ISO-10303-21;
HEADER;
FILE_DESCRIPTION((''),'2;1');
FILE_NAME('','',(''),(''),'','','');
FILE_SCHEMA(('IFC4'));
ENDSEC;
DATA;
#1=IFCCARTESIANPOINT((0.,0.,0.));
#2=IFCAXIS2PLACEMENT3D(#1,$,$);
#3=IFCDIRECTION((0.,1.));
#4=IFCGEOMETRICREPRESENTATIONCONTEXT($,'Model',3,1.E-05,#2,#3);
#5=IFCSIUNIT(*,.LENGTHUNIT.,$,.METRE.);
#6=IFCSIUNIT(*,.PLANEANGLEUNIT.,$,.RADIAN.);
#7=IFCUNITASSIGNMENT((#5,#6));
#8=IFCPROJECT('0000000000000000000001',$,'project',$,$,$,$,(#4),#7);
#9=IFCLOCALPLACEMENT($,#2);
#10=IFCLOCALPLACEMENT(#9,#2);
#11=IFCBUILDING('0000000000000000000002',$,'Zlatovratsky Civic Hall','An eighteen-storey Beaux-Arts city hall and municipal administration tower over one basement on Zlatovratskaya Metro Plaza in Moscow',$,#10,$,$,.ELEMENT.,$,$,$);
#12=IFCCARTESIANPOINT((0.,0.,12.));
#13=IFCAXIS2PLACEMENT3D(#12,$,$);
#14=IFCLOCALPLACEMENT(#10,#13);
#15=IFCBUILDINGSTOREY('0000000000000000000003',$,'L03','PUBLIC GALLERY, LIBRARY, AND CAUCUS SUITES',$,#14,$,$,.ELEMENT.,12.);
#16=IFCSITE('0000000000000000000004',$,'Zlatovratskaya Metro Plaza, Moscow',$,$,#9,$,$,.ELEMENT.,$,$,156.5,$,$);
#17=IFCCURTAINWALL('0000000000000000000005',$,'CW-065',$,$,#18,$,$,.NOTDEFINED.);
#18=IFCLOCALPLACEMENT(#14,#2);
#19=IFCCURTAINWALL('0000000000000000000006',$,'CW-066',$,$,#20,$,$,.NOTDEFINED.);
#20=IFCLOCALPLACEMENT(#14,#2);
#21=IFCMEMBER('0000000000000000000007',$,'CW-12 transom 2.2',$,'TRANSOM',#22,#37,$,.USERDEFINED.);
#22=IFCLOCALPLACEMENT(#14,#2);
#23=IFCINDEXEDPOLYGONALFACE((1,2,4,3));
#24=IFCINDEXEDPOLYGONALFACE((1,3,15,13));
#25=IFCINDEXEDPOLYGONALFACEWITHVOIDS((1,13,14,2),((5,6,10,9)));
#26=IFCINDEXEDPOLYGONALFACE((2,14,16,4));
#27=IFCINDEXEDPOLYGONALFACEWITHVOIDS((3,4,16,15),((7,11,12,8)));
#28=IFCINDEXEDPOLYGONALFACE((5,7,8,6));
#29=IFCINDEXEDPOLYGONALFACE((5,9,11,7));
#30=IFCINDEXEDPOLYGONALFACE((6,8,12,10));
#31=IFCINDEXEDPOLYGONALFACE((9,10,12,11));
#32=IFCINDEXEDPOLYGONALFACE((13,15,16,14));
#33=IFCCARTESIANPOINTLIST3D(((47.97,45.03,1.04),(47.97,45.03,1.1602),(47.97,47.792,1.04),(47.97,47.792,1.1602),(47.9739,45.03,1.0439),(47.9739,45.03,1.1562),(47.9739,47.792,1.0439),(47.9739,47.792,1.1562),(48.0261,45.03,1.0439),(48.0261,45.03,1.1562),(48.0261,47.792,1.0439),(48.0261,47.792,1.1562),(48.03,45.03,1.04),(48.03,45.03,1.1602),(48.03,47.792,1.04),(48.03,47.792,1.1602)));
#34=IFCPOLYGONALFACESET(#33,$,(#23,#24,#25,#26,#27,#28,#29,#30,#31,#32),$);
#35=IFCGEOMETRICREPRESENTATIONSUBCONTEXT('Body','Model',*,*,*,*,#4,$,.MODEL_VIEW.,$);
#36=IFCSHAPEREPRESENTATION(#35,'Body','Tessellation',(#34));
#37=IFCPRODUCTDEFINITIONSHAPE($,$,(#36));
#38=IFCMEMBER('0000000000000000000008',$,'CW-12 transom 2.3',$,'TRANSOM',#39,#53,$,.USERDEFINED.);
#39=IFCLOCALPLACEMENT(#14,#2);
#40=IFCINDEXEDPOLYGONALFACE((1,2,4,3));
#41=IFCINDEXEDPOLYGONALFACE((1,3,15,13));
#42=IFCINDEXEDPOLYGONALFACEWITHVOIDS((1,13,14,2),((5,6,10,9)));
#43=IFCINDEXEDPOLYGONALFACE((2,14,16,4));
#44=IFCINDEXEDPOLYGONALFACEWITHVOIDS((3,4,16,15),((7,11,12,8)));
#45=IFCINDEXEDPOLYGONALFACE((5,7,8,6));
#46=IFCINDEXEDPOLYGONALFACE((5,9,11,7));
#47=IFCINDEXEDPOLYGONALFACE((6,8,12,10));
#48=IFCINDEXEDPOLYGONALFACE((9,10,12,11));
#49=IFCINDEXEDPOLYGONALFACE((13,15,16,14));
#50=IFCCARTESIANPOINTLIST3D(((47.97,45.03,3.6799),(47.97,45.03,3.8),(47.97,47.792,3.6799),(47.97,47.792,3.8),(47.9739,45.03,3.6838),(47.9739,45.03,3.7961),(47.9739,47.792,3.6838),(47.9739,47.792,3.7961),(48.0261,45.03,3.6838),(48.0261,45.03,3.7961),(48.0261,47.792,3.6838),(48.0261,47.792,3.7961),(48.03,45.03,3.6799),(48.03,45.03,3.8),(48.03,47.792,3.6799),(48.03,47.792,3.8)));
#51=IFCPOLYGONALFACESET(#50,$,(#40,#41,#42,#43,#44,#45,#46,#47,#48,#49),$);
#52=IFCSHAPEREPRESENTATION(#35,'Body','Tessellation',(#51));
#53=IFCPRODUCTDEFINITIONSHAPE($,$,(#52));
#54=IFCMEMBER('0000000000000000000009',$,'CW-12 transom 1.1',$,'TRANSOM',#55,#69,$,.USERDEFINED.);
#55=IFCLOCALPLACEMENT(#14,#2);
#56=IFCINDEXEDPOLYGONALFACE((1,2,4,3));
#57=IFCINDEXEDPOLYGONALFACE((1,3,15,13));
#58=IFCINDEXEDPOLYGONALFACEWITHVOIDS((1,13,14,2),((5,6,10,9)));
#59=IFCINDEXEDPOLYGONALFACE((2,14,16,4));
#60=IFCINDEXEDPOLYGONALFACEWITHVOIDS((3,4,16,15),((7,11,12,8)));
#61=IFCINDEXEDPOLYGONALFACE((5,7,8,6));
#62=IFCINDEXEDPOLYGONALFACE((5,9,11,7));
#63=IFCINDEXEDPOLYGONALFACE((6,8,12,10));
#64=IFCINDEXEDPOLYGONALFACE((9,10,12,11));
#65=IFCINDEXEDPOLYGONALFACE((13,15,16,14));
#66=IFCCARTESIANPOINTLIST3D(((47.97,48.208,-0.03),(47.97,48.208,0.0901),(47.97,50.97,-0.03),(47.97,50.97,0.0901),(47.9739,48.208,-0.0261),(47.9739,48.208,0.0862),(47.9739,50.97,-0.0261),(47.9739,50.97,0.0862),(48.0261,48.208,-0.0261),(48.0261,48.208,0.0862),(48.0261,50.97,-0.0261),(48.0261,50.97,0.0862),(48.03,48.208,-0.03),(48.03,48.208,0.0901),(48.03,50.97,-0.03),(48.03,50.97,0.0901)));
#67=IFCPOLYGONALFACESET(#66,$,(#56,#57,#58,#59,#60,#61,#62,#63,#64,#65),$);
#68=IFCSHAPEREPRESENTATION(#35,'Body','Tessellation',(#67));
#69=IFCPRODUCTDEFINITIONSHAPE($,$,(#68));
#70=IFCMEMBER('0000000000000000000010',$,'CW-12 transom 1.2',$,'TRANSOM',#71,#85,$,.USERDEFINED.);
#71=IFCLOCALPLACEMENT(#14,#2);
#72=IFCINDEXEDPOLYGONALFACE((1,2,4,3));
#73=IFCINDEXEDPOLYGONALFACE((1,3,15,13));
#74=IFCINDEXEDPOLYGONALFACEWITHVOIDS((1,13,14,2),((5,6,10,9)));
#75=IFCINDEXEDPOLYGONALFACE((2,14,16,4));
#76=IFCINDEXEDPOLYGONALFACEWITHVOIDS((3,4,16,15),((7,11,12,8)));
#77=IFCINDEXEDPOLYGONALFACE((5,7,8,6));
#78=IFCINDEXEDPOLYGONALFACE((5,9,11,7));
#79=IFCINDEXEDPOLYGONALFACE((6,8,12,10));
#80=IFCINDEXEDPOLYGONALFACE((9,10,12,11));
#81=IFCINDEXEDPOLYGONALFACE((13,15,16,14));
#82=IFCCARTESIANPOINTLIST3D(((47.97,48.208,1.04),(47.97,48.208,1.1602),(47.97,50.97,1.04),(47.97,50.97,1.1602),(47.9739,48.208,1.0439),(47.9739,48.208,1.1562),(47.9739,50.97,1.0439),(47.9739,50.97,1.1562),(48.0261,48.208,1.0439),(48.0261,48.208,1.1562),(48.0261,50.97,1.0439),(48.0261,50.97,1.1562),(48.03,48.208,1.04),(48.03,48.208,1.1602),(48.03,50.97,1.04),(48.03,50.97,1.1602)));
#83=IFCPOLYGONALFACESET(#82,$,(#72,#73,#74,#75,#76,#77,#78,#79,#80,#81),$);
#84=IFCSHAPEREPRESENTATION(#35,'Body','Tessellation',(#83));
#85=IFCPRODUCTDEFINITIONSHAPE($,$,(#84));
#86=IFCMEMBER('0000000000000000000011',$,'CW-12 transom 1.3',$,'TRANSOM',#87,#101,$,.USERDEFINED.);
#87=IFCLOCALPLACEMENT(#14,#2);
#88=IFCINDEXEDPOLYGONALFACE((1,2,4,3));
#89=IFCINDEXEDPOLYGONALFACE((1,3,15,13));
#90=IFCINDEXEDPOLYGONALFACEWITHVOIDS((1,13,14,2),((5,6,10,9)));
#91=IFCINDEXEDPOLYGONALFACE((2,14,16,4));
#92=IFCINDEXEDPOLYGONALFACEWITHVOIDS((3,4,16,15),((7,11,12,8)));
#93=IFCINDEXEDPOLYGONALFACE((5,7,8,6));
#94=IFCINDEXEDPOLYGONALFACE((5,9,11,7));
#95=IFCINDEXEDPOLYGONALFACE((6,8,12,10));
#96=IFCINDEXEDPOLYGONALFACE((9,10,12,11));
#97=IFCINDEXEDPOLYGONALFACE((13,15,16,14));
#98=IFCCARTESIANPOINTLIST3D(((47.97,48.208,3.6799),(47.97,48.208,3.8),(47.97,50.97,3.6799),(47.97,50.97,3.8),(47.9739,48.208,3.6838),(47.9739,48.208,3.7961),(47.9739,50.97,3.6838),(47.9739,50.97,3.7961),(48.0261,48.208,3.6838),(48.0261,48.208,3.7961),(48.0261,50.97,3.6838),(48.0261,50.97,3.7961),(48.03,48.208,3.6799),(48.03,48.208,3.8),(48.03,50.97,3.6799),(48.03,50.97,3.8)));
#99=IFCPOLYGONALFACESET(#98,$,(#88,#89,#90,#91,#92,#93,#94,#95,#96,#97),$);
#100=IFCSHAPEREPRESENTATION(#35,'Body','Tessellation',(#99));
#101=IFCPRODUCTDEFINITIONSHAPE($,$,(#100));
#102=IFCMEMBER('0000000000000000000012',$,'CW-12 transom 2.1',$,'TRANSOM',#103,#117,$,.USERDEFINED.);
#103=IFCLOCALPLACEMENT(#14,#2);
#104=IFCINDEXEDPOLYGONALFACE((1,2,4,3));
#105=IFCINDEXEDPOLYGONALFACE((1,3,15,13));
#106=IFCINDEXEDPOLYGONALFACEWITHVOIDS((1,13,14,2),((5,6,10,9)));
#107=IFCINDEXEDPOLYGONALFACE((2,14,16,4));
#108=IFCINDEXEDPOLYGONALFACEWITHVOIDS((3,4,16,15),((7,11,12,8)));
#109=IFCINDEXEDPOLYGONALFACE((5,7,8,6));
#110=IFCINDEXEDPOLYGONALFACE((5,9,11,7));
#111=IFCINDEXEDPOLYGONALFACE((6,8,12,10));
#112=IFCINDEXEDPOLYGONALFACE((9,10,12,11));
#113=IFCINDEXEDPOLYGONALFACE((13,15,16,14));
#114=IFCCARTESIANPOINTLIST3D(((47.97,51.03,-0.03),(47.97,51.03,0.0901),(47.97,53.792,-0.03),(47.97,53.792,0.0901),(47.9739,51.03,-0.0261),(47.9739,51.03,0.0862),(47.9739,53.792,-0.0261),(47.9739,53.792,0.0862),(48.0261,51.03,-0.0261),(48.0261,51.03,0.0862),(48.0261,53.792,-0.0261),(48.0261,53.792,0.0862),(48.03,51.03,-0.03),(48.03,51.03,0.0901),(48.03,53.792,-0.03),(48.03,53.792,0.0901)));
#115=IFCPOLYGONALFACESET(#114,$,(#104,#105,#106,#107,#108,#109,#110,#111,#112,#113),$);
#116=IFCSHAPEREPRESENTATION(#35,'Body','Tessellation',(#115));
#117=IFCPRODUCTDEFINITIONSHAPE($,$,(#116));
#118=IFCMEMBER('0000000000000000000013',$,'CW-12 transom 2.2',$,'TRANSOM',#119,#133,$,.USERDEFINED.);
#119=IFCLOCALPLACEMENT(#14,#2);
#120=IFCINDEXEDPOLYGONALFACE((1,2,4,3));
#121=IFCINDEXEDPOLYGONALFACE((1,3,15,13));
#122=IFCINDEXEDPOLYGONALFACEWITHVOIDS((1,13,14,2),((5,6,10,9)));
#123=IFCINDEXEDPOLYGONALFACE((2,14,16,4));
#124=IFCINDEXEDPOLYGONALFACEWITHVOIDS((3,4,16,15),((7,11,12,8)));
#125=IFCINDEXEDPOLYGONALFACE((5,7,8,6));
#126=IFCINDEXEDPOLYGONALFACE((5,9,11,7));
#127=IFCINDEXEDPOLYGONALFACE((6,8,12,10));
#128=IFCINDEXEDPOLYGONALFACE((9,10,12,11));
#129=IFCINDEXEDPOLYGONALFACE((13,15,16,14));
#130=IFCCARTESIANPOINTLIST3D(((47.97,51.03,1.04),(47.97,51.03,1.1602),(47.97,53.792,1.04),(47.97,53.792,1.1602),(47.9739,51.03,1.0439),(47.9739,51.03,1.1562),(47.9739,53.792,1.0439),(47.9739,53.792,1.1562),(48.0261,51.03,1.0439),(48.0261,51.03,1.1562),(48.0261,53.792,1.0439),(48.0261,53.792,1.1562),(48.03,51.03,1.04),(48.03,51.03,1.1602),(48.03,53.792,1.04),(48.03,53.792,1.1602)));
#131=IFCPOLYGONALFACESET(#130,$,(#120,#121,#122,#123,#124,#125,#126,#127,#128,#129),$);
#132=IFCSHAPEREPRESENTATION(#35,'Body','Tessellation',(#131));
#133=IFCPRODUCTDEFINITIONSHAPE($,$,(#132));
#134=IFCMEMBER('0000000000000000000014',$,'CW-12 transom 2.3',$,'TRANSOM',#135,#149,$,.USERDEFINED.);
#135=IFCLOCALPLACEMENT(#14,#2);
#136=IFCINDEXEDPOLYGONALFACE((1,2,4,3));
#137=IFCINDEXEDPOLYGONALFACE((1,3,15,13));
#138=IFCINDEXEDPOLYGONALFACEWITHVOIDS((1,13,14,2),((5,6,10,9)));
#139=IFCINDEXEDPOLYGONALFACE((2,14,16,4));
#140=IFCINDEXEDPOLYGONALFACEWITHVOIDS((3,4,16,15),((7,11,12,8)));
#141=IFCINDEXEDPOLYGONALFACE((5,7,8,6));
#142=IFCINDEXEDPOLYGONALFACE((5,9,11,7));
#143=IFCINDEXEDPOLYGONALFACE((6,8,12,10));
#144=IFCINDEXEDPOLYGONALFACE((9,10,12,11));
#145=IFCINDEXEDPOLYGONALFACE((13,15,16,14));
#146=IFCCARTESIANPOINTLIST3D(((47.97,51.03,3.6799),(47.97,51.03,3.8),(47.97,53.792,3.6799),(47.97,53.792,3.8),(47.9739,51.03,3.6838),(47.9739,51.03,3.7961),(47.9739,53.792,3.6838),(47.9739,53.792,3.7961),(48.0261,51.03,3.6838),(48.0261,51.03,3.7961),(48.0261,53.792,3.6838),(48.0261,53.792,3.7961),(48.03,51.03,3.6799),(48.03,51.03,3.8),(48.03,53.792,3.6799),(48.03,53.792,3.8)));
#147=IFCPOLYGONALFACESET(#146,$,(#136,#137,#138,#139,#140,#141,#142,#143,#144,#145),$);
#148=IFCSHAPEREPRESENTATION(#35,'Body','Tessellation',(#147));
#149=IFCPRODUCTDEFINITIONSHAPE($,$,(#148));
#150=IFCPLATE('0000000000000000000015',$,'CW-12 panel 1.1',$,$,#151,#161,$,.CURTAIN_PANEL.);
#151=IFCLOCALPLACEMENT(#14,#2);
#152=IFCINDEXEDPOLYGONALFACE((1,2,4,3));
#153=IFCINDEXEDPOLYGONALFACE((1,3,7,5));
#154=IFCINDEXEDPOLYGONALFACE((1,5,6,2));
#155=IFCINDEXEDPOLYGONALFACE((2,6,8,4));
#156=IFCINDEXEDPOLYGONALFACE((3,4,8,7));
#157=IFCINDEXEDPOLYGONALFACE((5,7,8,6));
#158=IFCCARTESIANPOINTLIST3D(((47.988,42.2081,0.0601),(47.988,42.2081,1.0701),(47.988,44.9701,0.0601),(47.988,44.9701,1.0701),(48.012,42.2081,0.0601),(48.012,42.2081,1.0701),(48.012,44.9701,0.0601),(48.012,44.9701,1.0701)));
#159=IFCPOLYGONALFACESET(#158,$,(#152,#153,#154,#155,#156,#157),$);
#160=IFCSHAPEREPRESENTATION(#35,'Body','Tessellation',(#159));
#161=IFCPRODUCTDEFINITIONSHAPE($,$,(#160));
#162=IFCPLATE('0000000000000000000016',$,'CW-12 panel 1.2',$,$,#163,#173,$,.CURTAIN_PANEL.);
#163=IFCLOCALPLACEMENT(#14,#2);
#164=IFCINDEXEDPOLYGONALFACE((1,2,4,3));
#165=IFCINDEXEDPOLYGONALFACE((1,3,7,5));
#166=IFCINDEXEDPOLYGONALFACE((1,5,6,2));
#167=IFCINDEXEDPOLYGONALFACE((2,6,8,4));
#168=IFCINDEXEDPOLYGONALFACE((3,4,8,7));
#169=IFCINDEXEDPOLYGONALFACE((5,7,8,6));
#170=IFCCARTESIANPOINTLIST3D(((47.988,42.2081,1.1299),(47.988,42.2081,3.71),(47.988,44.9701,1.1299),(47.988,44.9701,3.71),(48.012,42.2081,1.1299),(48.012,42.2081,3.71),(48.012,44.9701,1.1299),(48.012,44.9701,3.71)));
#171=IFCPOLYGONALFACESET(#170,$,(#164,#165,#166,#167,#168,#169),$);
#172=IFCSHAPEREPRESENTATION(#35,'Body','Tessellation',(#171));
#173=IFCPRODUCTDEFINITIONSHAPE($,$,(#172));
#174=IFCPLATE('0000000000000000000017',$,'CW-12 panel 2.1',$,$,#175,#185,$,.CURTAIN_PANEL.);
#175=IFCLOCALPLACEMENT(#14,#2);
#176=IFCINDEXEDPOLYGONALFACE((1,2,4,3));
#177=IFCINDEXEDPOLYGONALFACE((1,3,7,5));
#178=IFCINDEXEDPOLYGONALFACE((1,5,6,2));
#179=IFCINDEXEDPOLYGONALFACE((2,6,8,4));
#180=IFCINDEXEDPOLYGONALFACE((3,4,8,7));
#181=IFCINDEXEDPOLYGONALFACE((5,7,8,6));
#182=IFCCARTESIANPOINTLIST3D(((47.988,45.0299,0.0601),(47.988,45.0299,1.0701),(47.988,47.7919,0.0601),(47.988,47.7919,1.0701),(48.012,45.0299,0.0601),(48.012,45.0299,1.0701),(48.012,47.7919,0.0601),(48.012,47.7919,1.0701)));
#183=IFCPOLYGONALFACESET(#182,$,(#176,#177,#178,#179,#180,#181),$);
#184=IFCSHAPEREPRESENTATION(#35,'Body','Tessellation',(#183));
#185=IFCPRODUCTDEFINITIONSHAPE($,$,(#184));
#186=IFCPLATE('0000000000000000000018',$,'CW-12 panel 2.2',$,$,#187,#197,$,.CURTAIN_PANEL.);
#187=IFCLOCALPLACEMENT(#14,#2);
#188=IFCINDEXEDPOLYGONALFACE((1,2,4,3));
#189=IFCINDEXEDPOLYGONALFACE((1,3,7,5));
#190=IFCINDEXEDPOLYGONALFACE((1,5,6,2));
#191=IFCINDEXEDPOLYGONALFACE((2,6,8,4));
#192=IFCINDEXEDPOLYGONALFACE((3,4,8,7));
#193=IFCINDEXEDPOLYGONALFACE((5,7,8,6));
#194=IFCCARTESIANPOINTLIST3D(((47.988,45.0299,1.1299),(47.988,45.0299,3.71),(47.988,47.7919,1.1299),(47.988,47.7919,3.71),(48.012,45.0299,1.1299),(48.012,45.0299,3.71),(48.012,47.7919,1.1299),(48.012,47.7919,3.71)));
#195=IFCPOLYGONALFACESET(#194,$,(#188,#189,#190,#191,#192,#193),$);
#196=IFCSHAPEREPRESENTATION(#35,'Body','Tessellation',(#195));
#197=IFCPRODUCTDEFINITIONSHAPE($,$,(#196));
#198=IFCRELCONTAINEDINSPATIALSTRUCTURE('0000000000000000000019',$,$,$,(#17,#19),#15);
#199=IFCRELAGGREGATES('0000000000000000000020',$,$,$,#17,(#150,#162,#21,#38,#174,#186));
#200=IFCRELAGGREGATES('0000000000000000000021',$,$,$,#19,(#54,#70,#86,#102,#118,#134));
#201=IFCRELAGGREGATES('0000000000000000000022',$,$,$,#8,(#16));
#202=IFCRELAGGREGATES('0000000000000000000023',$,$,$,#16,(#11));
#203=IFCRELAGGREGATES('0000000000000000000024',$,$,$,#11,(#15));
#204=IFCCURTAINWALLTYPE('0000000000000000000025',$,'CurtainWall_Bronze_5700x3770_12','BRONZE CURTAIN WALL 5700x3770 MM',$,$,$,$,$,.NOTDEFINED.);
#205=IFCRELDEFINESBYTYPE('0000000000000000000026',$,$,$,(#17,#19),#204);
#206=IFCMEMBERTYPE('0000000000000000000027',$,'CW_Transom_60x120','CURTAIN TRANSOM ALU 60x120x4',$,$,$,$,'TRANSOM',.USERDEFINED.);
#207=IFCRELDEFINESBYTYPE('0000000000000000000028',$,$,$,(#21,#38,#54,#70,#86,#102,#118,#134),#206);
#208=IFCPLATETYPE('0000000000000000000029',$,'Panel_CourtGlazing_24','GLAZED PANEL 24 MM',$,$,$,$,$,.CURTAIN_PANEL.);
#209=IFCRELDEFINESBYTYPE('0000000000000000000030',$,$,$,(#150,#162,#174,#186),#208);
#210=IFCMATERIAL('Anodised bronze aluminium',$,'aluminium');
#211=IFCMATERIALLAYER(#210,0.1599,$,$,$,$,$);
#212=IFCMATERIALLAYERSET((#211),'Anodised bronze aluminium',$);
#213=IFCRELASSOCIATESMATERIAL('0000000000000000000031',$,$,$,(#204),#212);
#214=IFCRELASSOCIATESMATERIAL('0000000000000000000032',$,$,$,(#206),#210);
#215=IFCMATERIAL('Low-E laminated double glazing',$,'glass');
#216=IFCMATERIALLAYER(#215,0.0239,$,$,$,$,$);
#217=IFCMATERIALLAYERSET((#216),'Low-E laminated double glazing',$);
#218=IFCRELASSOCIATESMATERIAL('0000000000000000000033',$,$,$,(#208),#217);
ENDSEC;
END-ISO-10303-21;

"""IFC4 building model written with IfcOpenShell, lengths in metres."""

from ifc_helpers import new_model, si_unit, direction, frame, origin, origin_2d, place, context, subcontext, project, spatial, rectangle, hollow_rectangle, extrude, material, layer, layer_set, material_profile, profile_set, type_object, element, aggregate, save


model = new_model("IFC4")

# Units and contexts
model_context = context("Model", 3, precision=1e-05, world=origin(), true_north=direction((0.0, 1.0)))
body_context = subcontext(model_context, "Body", "Model", "MODEL_VIEW")
ifc_project = project(units=[si_unit("LENGTHUNIT", "METRE"), si_unit("PLANEANGLEUNIT", "RADIAN")], contexts=[model_context])

# Site, building, storey
site_placement = place(None, origin())
site = spatial("IfcSite", under=ifc_project, at=site_placement, Name="Zlatovratskaya Metro Plaza, Moscow", CompositionType="ELEMENT", RefElevation=156.5)
building_placement = place(site_placement, origin())
building = spatial("IfcBuilding", under=site, at=building_placement, Name="Zlatovratsky Civic Hall", Description="An eighteen-storey Beaux-Arts city hall and municipal administration tower over one basement on Zlatovratskaya Metro Plaza in Moscow", CompositionType="ELEMENT")
storey_placement = place(building_placement, frame((0.0, 0.0, 12.0)))
storey = spatial("IfcBuildingStorey", under=building, at=storey_placement, Name="L03", Description="PUBLIC GALLERY, LIBRARY, AND CAUCUS SUITES", CompositionType="ELEMENT", Elevation=12.0)

# Curtain walls
ifc_material_1 = material(Name="Anodised bronze aluminium", Category="aluminium")
ifc_layer_1 = layer(ifc_material_1, 0.1599)
ifc_layer_set_1 = layer_set([ifc_layer_1], Name="Anodised bronze aluminium")
curtain_wall_type = type_object("IfcCurtainWallType", Name="CurtainWall_Bronze_5700x3770_12", Description="BRONZE CURTAIN WALL 5700x3770 MM", PredefinedType="NOTDEFINED", material=ifc_layer_set_1)
curtain_wall_1_placement = place(storey_placement, origin())
curtain_wall_1 = element("IfcCurtainWall", 1, at=curtain_wall_1_placement, inside=storey, type_object=curtain_wall_type, Name="CW-065", PredefinedType="NOTDEFINED")
curtain_wall_2_placement = place(storey_placement, origin())
curtain_wall_2 = element("IfcCurtainWall", 2, at=curtain_wall_2_placement, inside=storey, type_object=curtain_wall_type, Name="CW-066", PredefinedType="NOTDEFINED")

# Members
ifc_material_profile_1 = material_profile(ifc_material_1, hollow_rectangle(XDim=0.0601, YDim=0.1201, WallThickness=0.0039, at=origin_2d()), Name="ALU 60x120x4")
ifc_profile_set_1 = profile_set([ifc_material_profile_1], Name="Anodised bronze aluminium")
member_type_1 = type_object("IfcMemberType", Name="CW_Transom_60x120", Description="CURTAIN TRANSOM ALU 60x120x4", ElementType="TRANSOM", PredefinedType="USERDEFINED", material=ifc_profile_set_1)
member_1_placement = place(storey_placement, frame((48.0, 45.03, 1.1001), z_axis=(0.0, 1.0, 0.0), x_axis=(-1.0, 0.0, 0.0)))
member_1 = element("IfcMember", 3, at=member_1_placement, type_object=member_type_1, Name="CW-12 transom 2.2", ObjectType="TRANSOM", PredefinedType="USERDEFINED", context=body_context, shape_type="SweptSolid", body=[
    extrude(hollow_rectangle(XDim=0.0601, YDim=0.1201, WallThickness=0.0039, at=origin_2d()), origin(), (0.0, 0.0, 1.0), 2.762),
])
member_2_placement = place(storey_placement, frame((48.0, 45.03, 3.74), z_axis=(0.0, 1.0, 0.0), x_axis=(-1.0, 0.0, 0.0)))
member_2 = element("IfcMember", 4, at=member_2_placement, type_object=member_type_1, Name="CW-12 transom 2.3", ObjectType="TRANSOM", PredefinedType="USERDEFINED", context=body_context, shape_type="SweptSolid", body=[
    extrude(hollow_rectangle(XDim=0.0601, YDim=0.1201, WallThickness=0.0039, at=origin_2d()), origin(), (0.0, 0.0, 1.0), 2.762),
])
member_3_placement = place(storey_placement, frame((48.0, 48.208, 0.03), z_axis=(0.0, 1.0, 0.0), x_axis=(-1.0, 0.0, 0.0)))
member_3 = element("IfcMember", 5, at=member_3_placement, type_object=member_type_1, Name="CW-12 transom 1.1", ObjectType="TRANSOM", PredefinedType="USERDEFINED", context=body_context, shape_type="SweptSolid", body=[
    extrude(hollow_rectangle(XDim=0.0601, YDim=0.1201, WallThickness=0.0039, at=origin_2d()), origin(), (0.0, 0.0, 1.0), 2.762),
])
member_4_placement = place(storey_placement, frame((48.0, 48.208, 1.1001), z_axis=(0.0, 1.0, 0.0), x_axis=(-1.0, 0.0, 0.0)))
member_4 = element("IfcMember", 6, at=member_4_placement, type_object=member_type_1, Name="CW-12 transom 1.2", ObjectType="TRANSOM", PredefinedType="USERDEFINED", context=body_context, shape_type="SweptSolid", body=[
    extrude(hollow_rectangle(XDim=0.0601, YDim=0.1201, WallThickness=0.0039, at=origin_2d()), origin(), (0.0, 0.0, 1.0), 2.762),
])
member_5_placement = place(storey_placement, frame((48.0, 48.208, 3.74), z_axis=(0.0, 1.0, 0.0), x_axis=(-1.0, 0.0, 0.0)))
member_5 = element("IfcMember", 7, at=member_5_placement, type_object=member_type_1, Name="CW-12 transom 1.3", ObjectType="TRANSOM", PredefinedType="USERDEFINED", context=body_context, shape_type="SweptSolid", body=[
    extrude(hollow_rectangle(XDim=0.0601, YDim=0.1201, WallThickness=0.0039, at=origin_2d()), origin(), (0.0, 0.0, 1.0), 2.762),
])
member_6_placement = place(storey_placement, frame((48.0, 51.03, 0.03), z_axis=(0.0, 1.0, 0.0), x_axis=(-1.0, 0.0, 0.0)))
member_6 = element("IfcMember", 8, at=member_6_placement, type_object=member_type_1, Name="CW-12 transom 2.1", ObjectType="TRANSOM", PredefinedType="USERDEFINED", context=body_context, shape_type="SweptSolid", body=[
    extrude(hollow_rectangle(XDim=0.0601, YDim=0.1201, WallThickness=0.0039, at=origin_2d()), origin(), (0.0, 0.0, 1.0), 2.762),
])
member_7_placement = place(storey_placement, frame((48.0, 51.03, 1.1001), z_axis=(0.0, 1.0, 0.0), x_axis=(-1.0, 0.0, 0.0)))
member_7 = element("IfcMember", 9, at=member_7_placement, type_object=member_type_1, Name="CW-12 transom 2.2", ObjectType="TRANSOM", PredefinedType="USERDEFINED", context=body_context, shape_type="SweptSolid", body=[
    extrude(hollow_rectangle(XDim=0.0601, YDim=0.1201, WallThickness=0.0039, at=origin_2d()), origin(), (0.0, 0.0, 1.0), 2.762),
])
member_8_placement = place(storey_placement, frame((48.0, 51.03, 3.74), z_axis=(0.0, 1.0, 0.0), x_axis=(-1.0, 0.0, 0.0)))
member_8 = element("IfcMember", 10, at=member_8_placement, type_object=member_type_1, Name="CW-12 transom 2.3", ObjectType="TRANSOM", PredefinedType="USERDEFINED", context=body_context, shape_type="SweptSolid", body=[
    extrude(hollow_rectangle(XDim=0.0601, YDim=0.1201, WallThickness=0.0039, at=origin_2d()), origin(), (0.0, 0.0, 1.0), 2.762),
])

# Plates
ifc_material_2 = material(Name="Low-E laminated double glazing", Category="glass")
ifc_layer_2 = layer(ifc_material_2, 0.0239)
ifc_layer_set_2 = layer_set([ifc_layer_2], Name="Low-E laminated double glazing")
plate_type = type_object("IfcPlateType", Name="Panel_CourtGlazing_24", Description="GLAZED PANEL 24 MM", PredefinedType="CURTAIN_PANEL", material=ifc_layer_set_2)
plate_1_placement = place(storey_placement, frame((48.0, 43.5891, 0.0601), z_axis=(0.0, 0.0, 1.0), x_axis=(0.0, 1.0, 0.0)))
plate_1 = element("IfcPlate", 11, at=plate_1_placement, type_object=plate_type, Name="CW-12 panel 1.1", PredefinedType="CURTAIN_PANEL", context=body_context, shape_type="SweptSolid", body=[
    extrude(rectangle(XDim=2.762, YDim=0.0239, at=origin_2d()), origin(), (0.0, 0.0, 1.0), 1.01),
])
plate_2_placement = place(storey_placement, frame((48.0, 43.5891, 1.1299), z_axis=(0.0, 0.0, 1.0), x_axis=(0.0, 1.0, 0.0)))
plate_2 = element("IfcPlate", 12, at=plate_2_placement, type_object=plate_type, Name="CW-12 panel 1.2", PredefinedType="CURTAIN_PANEL", context=body_context, shape_type="SweptSolid", body=[
    extrude(rectangle(XDim=2.762, YDim=0.0239, at=origin_2d()), origin(), (0.0, 0.0, 1.0), 2.5801),
])
plate_3_placement = place(storey_placement, frame((48.0, 46.4109, 0.0601), z_axis=(0.0, 0.0, 1.0), x_axis=(0.0, 1.0, 0.0)))
plate_3 = element("IfcPlate", 13, at=plate_3_placement, type_object=plate_type, Name="CW-12 panel 2.1", PredefinedType="CURTAIN_PANEL", context=body_context, shape_type="SweptSolid", body=[
    extrude(rectangle(XDim=2.762, YDim=0.0239, at=origin_2d()), origin(), (0.0, 0.0, 1.0), 1.01),
])
plate_4_placement = place(storey_placement, frame((48.0, 46.4109, 1.1299), z_axis=(0.0, 0.0, 1.0), x_axis=(0.0, 1.0, 0.0)))
plate_4 = element("IfcPlate", 14, at=plate_4_placement, type_object=plate_type, Name="CW-12 panel 2.2", PredefinedType="CURTAIN_PANEL", context=body_context, shape_type="SweptSolid", body=[
    extrude(rectangle(XDim=2.762, YDim=0.0239, at=origin_2d()), origin(), (0.0, 0.0, 1.0), 2.5801),
])
aggregate(curtain_wall_1, [plate_1, plate_2, member_1, member_2, plate_3, plate_4])
aggregate(curtain_wall_2, [member_3, member_4, member_5, member_6, member_7, member_8])

save(model, "model.ifc")
